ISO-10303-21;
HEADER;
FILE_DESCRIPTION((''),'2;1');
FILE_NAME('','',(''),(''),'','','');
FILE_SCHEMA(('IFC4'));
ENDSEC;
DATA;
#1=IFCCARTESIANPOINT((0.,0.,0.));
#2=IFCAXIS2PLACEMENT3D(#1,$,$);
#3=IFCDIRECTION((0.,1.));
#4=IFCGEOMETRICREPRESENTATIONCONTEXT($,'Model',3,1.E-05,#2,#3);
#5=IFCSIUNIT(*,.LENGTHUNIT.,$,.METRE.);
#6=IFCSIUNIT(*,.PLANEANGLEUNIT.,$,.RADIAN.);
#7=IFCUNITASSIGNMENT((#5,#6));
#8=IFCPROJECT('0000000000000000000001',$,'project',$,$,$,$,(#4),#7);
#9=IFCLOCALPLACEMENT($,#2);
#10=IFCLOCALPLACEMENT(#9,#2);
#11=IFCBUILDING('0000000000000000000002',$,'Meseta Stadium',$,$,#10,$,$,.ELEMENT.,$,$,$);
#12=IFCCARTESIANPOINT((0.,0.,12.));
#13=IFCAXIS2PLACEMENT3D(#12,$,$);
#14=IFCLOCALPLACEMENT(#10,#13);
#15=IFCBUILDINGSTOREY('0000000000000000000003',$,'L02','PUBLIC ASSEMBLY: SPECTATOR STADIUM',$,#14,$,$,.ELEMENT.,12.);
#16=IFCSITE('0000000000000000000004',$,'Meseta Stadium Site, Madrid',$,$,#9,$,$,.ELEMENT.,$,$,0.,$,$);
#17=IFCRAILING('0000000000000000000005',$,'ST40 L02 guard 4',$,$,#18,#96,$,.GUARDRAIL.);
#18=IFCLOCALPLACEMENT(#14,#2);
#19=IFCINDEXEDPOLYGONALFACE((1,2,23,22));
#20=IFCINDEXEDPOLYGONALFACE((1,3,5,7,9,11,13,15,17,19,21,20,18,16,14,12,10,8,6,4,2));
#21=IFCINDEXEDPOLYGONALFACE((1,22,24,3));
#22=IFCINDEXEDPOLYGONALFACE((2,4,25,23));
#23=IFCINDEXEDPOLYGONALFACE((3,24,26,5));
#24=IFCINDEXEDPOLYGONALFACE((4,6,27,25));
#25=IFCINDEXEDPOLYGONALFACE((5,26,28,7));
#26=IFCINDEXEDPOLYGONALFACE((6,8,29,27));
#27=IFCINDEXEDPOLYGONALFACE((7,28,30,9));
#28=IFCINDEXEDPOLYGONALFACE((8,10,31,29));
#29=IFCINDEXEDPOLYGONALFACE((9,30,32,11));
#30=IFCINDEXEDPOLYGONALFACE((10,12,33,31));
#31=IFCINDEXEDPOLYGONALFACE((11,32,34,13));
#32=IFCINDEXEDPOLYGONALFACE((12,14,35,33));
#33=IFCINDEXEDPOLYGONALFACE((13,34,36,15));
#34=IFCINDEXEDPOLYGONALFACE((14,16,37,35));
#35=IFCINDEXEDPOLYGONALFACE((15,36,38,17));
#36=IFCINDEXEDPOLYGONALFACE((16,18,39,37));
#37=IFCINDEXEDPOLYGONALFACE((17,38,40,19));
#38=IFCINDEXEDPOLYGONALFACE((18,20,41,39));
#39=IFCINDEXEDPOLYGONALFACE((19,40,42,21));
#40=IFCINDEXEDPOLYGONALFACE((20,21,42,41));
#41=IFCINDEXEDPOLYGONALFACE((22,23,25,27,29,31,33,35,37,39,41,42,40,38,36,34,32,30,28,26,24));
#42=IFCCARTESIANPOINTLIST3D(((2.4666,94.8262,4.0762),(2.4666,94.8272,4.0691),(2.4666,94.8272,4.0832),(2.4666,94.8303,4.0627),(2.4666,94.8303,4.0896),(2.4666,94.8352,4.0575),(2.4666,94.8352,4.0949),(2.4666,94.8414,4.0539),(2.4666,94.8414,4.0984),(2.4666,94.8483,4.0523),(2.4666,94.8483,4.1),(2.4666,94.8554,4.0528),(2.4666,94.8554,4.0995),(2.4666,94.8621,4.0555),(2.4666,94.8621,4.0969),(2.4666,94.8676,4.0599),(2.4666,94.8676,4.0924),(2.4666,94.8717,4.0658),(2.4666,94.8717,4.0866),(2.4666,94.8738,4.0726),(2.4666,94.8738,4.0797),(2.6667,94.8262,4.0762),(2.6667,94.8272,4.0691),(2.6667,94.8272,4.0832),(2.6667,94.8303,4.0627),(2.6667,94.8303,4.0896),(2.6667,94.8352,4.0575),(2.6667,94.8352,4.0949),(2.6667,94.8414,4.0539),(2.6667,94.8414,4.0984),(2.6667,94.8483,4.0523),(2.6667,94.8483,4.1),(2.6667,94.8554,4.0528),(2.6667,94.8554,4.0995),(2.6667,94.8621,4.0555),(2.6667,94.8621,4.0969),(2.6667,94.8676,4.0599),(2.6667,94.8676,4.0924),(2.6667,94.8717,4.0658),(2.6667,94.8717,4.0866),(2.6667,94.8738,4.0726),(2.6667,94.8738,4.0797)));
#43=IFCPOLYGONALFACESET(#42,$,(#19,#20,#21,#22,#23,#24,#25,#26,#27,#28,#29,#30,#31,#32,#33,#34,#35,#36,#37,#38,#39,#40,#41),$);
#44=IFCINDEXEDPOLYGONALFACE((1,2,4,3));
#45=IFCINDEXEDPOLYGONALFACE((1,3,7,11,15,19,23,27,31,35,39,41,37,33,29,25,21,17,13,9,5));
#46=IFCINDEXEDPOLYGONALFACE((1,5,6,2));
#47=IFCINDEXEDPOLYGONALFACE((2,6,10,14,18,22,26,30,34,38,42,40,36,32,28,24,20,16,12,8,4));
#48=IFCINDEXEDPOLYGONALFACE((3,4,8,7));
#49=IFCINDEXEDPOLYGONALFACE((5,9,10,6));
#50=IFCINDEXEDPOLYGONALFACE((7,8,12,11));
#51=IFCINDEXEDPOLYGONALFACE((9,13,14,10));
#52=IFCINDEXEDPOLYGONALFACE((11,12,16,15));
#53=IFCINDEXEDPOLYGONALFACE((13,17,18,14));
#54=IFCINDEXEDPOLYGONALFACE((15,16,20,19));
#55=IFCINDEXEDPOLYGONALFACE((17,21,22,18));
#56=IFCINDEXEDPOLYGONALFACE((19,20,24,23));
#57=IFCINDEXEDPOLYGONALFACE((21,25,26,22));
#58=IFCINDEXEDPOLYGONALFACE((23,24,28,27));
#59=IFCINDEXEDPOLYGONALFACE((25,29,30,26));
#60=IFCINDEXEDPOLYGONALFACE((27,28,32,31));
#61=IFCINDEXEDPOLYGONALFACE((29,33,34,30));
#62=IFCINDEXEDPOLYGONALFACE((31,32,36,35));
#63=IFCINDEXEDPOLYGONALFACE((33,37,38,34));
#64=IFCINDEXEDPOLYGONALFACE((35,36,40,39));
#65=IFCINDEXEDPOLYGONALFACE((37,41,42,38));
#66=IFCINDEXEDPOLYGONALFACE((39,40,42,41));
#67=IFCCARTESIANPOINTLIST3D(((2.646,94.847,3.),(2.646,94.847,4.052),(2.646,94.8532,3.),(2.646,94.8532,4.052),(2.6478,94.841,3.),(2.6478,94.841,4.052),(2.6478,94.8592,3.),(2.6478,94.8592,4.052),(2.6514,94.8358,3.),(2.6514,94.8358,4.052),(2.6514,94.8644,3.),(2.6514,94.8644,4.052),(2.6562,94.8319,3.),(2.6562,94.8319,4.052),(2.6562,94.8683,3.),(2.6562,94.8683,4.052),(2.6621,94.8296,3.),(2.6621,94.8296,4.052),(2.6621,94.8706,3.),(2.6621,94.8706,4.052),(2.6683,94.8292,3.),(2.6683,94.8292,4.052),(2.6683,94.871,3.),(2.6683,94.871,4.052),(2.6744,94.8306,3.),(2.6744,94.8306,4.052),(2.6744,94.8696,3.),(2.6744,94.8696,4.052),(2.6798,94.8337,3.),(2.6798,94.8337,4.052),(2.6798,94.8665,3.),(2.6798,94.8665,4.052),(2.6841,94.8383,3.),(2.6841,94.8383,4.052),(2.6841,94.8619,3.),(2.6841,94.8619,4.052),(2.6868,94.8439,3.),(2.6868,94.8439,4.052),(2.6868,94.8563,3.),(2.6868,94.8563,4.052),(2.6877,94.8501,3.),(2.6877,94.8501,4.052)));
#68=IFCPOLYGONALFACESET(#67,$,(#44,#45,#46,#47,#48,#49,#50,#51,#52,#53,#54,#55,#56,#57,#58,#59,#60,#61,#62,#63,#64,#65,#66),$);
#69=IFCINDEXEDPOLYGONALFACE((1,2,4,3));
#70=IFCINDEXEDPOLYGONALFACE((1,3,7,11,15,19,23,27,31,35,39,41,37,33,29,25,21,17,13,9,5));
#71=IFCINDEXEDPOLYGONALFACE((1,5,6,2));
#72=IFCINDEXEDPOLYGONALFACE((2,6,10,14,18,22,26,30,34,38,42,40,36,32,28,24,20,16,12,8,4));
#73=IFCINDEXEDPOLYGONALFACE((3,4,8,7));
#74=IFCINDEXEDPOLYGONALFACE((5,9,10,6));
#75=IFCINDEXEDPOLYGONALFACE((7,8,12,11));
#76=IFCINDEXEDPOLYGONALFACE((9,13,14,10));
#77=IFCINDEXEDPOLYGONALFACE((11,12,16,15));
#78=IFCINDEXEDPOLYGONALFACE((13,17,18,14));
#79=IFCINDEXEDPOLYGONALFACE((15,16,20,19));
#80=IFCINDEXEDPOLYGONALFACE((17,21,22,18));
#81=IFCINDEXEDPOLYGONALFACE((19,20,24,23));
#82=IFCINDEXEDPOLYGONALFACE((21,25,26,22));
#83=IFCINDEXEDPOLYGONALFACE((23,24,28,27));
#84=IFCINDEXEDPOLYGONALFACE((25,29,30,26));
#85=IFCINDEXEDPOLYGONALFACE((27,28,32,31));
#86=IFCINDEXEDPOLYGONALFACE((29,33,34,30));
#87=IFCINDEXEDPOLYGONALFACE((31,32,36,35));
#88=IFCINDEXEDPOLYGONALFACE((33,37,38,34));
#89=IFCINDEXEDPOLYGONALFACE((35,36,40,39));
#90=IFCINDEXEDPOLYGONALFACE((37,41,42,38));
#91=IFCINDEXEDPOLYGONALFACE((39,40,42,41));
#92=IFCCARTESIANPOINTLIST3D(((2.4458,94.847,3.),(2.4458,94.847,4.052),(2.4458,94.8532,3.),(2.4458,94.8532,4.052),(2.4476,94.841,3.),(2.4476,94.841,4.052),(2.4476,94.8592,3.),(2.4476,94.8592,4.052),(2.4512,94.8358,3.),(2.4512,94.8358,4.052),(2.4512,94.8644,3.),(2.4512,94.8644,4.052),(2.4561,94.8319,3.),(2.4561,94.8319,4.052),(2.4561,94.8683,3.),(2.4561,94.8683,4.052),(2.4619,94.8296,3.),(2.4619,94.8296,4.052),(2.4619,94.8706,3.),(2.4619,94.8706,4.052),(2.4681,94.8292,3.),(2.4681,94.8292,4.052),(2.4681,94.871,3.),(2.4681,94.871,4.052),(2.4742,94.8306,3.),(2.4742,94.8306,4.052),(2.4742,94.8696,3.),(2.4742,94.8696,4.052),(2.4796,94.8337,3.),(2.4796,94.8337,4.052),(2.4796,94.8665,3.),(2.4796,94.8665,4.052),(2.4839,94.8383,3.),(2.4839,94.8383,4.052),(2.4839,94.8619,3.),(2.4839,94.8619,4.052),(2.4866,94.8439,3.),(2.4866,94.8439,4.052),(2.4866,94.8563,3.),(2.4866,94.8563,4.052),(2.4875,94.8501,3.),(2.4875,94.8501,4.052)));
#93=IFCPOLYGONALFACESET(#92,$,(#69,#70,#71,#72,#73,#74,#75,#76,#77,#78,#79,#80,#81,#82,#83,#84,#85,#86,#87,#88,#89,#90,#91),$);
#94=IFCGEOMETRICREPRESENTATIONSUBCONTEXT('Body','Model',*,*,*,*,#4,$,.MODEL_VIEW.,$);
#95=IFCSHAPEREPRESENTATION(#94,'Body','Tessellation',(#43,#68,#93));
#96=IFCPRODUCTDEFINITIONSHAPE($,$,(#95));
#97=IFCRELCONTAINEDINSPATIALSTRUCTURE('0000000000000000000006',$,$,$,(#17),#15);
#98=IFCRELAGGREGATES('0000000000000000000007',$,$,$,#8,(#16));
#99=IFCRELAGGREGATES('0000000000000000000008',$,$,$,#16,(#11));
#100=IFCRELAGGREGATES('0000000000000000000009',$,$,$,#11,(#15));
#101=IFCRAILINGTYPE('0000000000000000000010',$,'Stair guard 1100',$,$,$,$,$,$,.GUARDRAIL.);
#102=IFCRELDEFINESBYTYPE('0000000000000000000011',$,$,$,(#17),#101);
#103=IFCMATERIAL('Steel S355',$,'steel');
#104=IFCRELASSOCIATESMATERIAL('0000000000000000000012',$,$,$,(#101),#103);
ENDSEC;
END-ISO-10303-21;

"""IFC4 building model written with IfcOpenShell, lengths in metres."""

from ifc_helpers import new_model, si_unit, direction, frame, origin, origin_2d, place, context, subcontext, project, spatial, circle, extrude, material, type_object, element, save


model = new_model("IFC4")

# Units and contexts
model_context = context("Model", 3, precision=1e-05, world=origin(), true_north=direction((0.0, 1.0)))
body_context = subcontext(model_context, "Body", "Model", "MODEL_VIEW")
ifc_project = project(units=[si_unit("LENGTHUNIT", "METRE"), si_unit("PLANEANGLEUNIT", "RADIAN")], contexts=[model_context])

# Site, building, storey
site_placement = place(None, origin())
site = spatial("IfcSite", under=ifc_project, at=site_placement, Name="Meseta Stadium Site, Madrid", CompositionType="ELEMENT", RefElevation=0.0)
building_placement = place(site_placement, origin())
building = spatial("IfcBuilding", under=site, at=building_placement, Name="Meseta Stadium", CompositionType="ELEMENT")
storey_placement = place(building_placement, frame((0.0, 0.0, 12.0)))
storey = spatial("IfcBuildingStorey", under=building, at=storey_placement, Name="L02", Description="PUBLIC ASSEMBLY: SPECTATOR STADIUM", CompositionType="ELEMENT", Elevation=12.0)

# Railing
ifc_material_1 = material(Name="Steel S355", Category="steel")
railing_type_1 = type_object("IfcRailingType", Name="Stair guard 1100", PredefinedType="GUARDRAIL", material=ifc_material_1)
railing_1_placement = place(storey_placement, frame((2.6667, 94.8501, 3.0)))
element("IfcRailing", 1, at=railing_1_placement, inside=storey, type_object=railing_type_1, Name="ST40 L02 guard 4", PredefinedType="GUARDRAIL", context=body_context, shape_type="SweptSolid", body=[
    extrude(circle(Radius=0.0239, at=origin_2d()), frame((0.0, 0.0, 1.0762), z_axis=(-1.0, 0.0, 0.0), x_axis=(0.0, -1.0, 0.0)), (0.0, 0.0, 1.0), 0.2002),
    extrude(circle(Radius=0.021, at=origin_2d()), origin(), (0.0, 0.0, 1.0), 1.052),
    extrude(circle(Radius=0.021, at=origin_2d()), frame((-0.2002, 0.0, 0.0)), (0.0, 0.0, 1.0), 1.052),
])

save(model, "model.ifc")
